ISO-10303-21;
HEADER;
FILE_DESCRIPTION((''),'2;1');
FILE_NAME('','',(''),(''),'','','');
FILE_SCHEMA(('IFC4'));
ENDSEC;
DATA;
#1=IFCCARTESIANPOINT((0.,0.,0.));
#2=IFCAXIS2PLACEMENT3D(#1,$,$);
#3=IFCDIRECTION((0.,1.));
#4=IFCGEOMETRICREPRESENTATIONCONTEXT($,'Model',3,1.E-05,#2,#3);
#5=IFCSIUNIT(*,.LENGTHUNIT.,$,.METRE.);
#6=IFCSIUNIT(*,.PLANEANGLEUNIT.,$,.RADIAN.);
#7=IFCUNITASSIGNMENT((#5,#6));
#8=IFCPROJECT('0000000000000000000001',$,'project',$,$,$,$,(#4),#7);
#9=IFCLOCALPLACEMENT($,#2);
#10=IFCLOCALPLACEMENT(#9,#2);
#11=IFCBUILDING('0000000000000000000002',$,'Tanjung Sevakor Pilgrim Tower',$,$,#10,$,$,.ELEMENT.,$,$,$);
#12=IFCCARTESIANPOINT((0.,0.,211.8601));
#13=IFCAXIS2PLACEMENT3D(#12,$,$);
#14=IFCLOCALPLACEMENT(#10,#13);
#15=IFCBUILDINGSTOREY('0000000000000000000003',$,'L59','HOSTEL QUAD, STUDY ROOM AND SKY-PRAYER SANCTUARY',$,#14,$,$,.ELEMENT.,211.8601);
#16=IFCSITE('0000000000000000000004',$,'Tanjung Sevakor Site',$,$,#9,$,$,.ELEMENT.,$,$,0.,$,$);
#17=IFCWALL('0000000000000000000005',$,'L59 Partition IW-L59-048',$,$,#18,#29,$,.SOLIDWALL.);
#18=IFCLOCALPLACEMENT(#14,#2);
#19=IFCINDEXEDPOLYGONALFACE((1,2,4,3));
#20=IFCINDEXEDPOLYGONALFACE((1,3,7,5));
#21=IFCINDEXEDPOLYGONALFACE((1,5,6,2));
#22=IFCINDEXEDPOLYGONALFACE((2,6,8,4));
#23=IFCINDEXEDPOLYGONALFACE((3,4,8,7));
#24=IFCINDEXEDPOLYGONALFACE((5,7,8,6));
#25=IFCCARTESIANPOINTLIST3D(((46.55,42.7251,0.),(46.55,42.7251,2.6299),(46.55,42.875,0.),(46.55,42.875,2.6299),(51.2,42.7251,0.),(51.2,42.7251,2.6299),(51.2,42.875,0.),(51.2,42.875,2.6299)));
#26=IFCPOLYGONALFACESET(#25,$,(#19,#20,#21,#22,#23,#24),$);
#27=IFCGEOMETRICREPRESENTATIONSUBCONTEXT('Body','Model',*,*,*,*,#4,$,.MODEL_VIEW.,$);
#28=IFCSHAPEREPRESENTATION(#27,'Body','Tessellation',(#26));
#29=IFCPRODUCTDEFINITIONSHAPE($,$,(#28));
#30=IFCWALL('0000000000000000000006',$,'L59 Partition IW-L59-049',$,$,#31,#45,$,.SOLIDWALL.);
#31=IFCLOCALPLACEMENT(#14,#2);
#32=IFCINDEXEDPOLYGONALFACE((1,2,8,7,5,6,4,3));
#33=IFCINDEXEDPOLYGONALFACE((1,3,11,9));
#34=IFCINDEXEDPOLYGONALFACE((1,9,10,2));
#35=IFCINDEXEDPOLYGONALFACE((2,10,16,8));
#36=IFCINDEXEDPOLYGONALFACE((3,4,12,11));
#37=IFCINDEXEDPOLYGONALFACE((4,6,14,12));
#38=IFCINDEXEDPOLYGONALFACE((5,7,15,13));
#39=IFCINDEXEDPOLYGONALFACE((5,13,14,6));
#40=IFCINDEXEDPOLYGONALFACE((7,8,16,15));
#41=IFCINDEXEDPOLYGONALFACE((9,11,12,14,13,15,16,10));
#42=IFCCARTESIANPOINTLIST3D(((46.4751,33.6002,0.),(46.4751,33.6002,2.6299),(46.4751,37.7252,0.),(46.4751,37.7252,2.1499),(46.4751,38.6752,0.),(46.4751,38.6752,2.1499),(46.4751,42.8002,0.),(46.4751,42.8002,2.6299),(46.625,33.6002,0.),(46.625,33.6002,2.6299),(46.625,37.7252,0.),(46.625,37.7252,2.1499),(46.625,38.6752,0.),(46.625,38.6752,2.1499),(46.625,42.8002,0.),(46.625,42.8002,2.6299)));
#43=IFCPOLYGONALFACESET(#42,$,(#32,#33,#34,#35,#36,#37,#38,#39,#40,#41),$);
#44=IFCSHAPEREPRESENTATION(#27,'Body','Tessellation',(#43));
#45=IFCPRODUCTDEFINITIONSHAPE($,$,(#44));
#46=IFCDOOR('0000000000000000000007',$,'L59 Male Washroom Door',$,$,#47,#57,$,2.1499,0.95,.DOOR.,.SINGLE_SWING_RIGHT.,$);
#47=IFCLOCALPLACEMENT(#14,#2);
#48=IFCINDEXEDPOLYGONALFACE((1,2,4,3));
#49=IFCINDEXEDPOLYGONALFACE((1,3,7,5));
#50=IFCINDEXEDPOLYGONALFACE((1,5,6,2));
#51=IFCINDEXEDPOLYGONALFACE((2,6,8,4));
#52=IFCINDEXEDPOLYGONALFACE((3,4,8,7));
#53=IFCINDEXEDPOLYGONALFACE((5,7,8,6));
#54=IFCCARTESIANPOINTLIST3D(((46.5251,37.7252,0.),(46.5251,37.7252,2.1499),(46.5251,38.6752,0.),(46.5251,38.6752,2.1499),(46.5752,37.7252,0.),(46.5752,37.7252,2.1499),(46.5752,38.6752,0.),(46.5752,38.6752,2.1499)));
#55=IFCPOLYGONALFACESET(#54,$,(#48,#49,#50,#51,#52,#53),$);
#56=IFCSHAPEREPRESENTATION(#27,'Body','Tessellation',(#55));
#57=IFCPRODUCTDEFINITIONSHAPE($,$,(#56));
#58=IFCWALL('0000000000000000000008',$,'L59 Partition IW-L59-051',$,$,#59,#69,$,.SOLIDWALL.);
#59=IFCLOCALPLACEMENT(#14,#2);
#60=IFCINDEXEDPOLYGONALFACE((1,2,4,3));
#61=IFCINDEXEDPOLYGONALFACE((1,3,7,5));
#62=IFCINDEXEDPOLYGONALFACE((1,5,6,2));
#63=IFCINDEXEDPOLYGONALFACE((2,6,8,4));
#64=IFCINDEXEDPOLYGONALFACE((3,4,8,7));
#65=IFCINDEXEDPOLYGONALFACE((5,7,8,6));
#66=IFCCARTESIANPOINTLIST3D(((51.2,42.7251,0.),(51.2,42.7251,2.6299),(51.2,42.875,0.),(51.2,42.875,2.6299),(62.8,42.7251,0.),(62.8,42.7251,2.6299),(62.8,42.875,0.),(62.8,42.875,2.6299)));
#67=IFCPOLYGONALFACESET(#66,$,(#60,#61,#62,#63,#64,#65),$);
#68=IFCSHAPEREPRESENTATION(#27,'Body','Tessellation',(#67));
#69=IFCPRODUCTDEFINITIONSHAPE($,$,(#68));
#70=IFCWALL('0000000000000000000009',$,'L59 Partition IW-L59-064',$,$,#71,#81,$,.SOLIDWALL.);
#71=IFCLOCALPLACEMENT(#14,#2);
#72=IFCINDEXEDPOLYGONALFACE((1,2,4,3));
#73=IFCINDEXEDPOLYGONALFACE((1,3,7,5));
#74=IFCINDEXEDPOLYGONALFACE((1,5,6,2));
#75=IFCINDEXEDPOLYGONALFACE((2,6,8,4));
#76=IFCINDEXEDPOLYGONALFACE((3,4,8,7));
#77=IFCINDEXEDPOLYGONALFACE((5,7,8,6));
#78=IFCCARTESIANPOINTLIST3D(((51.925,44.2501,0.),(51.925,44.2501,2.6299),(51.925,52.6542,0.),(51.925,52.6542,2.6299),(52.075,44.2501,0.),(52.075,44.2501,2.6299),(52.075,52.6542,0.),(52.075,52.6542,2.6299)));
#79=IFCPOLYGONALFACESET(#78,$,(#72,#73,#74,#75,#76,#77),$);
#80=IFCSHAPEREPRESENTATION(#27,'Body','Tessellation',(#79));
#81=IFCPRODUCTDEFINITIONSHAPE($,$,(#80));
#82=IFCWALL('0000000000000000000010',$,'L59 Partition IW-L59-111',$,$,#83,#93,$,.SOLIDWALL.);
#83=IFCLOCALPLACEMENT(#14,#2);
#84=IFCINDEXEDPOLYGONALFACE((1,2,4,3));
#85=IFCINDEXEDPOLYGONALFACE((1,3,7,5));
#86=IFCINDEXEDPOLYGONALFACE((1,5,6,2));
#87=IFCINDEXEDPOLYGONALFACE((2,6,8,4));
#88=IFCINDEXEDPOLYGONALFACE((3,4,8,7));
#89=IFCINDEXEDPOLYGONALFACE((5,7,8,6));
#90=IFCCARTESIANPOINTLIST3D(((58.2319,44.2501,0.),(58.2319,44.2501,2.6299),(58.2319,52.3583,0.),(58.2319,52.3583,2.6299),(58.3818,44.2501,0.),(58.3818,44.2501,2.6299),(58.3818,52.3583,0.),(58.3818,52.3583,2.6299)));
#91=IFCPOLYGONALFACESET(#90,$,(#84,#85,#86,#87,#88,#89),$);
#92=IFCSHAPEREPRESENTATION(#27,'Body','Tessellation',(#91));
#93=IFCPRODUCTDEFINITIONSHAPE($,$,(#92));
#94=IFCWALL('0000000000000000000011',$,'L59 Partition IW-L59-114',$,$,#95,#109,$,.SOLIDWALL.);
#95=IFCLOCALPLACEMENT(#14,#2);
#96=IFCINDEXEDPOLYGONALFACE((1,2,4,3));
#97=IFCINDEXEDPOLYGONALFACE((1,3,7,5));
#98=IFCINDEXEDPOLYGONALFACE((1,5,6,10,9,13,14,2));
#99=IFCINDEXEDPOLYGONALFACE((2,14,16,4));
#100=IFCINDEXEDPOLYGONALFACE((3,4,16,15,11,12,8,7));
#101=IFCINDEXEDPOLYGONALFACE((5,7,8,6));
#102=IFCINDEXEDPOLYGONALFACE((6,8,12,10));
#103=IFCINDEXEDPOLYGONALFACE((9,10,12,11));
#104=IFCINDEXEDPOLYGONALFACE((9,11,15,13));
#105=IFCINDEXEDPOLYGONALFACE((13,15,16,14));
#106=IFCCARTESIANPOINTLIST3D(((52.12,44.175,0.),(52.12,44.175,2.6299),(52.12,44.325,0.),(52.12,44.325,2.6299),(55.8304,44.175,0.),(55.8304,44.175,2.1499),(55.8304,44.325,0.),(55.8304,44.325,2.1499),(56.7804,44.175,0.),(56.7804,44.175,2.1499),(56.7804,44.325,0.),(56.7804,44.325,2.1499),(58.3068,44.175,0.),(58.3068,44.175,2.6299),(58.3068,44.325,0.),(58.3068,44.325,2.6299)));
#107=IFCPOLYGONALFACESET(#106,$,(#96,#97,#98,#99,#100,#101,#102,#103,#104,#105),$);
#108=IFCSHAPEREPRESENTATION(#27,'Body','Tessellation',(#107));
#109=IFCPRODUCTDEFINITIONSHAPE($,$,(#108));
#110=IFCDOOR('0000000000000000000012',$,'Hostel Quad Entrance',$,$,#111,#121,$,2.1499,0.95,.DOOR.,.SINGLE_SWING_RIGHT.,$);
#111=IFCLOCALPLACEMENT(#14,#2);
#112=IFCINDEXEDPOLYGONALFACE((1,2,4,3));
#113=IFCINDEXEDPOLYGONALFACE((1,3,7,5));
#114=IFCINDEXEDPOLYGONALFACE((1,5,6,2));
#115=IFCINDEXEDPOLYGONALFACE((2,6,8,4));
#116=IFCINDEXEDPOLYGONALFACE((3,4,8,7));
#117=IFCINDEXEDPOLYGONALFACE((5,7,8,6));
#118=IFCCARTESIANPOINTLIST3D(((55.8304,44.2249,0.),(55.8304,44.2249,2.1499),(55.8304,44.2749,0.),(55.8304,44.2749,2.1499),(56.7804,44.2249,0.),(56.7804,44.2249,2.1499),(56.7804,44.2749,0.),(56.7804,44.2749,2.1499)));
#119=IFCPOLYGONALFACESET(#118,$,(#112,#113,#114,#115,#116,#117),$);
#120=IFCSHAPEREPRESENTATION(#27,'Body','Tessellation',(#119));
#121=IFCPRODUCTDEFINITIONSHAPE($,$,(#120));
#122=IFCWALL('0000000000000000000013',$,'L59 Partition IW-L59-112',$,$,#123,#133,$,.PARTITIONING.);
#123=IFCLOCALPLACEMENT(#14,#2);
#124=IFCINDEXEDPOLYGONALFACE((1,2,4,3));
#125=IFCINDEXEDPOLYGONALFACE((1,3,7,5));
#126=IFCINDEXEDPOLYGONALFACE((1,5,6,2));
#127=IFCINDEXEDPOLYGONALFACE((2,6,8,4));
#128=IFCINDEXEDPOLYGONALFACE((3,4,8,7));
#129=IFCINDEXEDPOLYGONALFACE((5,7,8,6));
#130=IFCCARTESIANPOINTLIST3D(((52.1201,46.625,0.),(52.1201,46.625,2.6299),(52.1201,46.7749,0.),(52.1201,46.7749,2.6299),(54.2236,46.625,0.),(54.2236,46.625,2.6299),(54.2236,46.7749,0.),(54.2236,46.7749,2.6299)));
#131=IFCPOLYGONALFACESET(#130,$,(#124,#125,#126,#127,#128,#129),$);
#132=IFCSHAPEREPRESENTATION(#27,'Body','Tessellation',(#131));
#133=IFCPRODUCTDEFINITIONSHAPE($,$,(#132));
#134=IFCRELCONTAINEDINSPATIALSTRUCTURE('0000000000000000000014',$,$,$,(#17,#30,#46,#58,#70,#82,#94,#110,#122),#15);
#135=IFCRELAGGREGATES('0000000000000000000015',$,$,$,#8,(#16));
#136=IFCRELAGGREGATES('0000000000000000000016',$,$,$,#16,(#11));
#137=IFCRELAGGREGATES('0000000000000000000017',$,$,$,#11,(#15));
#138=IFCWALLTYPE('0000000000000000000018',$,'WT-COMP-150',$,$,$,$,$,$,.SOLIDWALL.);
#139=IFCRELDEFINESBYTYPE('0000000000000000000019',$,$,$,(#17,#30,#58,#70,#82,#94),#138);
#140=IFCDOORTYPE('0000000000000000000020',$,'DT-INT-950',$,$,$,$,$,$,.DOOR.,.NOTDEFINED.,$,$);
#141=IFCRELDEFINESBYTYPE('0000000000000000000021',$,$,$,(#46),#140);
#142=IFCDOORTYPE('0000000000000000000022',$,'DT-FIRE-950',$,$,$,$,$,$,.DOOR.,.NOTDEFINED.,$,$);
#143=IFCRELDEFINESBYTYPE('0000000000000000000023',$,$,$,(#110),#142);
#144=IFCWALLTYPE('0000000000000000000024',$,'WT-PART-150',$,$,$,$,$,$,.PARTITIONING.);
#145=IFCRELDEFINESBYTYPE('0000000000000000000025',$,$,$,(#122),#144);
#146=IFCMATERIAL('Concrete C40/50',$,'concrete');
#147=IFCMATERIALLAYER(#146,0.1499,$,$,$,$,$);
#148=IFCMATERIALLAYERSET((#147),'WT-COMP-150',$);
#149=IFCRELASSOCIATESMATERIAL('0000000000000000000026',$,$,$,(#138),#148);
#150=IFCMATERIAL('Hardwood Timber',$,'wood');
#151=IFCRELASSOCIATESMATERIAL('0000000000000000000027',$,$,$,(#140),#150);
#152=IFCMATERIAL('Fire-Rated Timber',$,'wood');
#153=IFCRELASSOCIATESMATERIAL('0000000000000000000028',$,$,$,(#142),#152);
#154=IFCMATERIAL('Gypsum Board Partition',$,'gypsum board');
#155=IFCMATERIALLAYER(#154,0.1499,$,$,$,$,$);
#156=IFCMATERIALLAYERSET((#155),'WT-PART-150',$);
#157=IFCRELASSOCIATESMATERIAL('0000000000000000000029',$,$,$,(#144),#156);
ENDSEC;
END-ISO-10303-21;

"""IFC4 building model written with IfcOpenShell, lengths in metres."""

from ifc_helpers import new_model, si_unit, direction, frame, frame_2d, origin, place, context, subcontext, project, spatial, rectangle, extrude, material, layer, layer_set, type_object, element, fill, save


model = new_model("IFC4")

# Units and contexts
model_context = context("Model", 3, precision=1e-05, world=origin(), true_north=direction((0.0, 1.0)))
body_context = subcontext(model_context, "Body", "Model", "MODEL_VIEW")
ifc_project = project(units=[si_unit("LENGTHUNIT", "METRE"), si_unit("PLANEANGLEUNIT", "RADIAN")], contexts=[model_context])

# Site, building, storey
site_placement = place(None, origin())
site = spatial("IfcSite", under=ifc_project, at=site_placement, Name="Tanjung Sevakor Site", CompositionType="ELEMENT", RefElevation=0.0)
building_placement = place(site_placement, origin())
building = spatial("IfcBuilding", under=site, at=building_placement, Name="Tanjung Sevakor Pilgrim Tower", CompositionType="ELEMENT")
storey_placement = place(building_placement, frame((0.0, 0.0, 211.8601)))
storey = spatial("IfcBuildingStorey", under=building, at=storey_placement, Name="L59", Description="HOSTEL QUAD, STUDY ROOM AND SKY-PRAYER SANCTUARY", CompositionType="ELEMENT", Elevation=211.8601)

# Wall
ifc_material_1 = material(Name="Concrete C40/50", Category="concrete")
ifc_layer_1 = layer(ifc_material_1, 0.1499)
ifc_layer_set_1 = layer_set([ifc_layer_1], Name="WT-COMP-150")
wall_type_1 = type_object("IfcWallType", Name="WT-COMP-150", PredefinedType="SOLIDWALL", material=ifc_layer_set_1)
for number, where, z_axis, x_axis, name in (
    (1, (46.55, 42.8, 0.0), (0.0, 0.0, 1.0), (1.0, 0.0, 0.0), "L59 Partition IW-L59-048"),
):
    element("IfcWall", number, at=place(storey_placement, frame(where, z_axis=z_axis, x_axis=x_axis)), inside=storey, type_object=wall_type_1, Name=name, PredefinedType="SOLIDWALL", context=body_context, shape_type="SweptSolid", body=[
        extrude(rectangle(XDim=4.6499, YDim=0.1499, at=frame_2d((2.325, 0.0))), origin(), (0.0, 0.0, 1.0), 2.6299),
    ])

# Wall, opening, door
wall_1_placement = place(storey_placement, frame((46.55, 33.6001, 0.0), z_axis=(0.0, 0.0, 1.0), x_axis=(0.0, 1.0, 0.0)))
wall_1 = element("IfcWall", 2, at=wall_1_placement, inside=storey, type_object=wall_type_1, Name="L59 Partition IW-L59-049", PredefinedType="SOLIDWALL", context=body_context, shape_type="SweptSolid", body=[
    extrude(rectangle(XDim=9.2, YDim=0.1499, at=frame_2d((4.6001, 0.0))), origin(), (0.0, 0.0, 1.0), 2.6299),
])
opening_1_placement = place(wall_1_placement, frame((4.125, 0.0, 0.0)))
opening_1 = element("IfcOpeningElement", 3, at=opening_1_placement, cuts=wall_1, PredefinedType="OPENING", context=body_context, shape_type="SweptSolid", body=[
    extrude(rectangle(XDim=0.95, YDim=2.1499, at=frame_2d((0.4751, 1.075))), frame((0.0, 0.085, 0.0), z_axis=(0.0, -1.0, 0.0), x_axis=(1.0, 0.0, 0.0)), (0.0, 0.0, 1.0), 0.1699),
])
ifc_material_2 = material(Name="Hardwood Timber", Category="wood")
door_type_1 = type_object("IfcDoorType", Name="DT-INT-950", OperationType="NOTDEFINED", PredefinedType="DOOR", material=ifc_material_2)
door_1_placement = place(opening_1_placement, origin())
door_1 = element("IfcDoor", 4, at=door_1_placement, inside=storey, type_object=door_type_1, Name="L59 Male Washroom Door", OperationType="SINGLE_SWING_RIGHT", OverallHeight=2.1499, OverallWidth=0.95, PredefinedType="DOOR", context=body_context, shape_type="SweptSolid", body=[
    extrude(rectangle(XDim=0.95, YDim=2.1499, at=frame_2d((0.4751, 1.075))), frame((0.0, 0.0249, 0.0), z_axis=(0.0, -1.0, 0.0), x_axis=(1.0, 0.0, 0.0)), (0.0, 0.0, 1.0), 0.05),
])
fill(opening_1, door_1)

# Walls
wall_2_placement = place(storey_placement, frame((51.2, 42.8, 0.0), z_axis=(0.0, 0.0, 1.0), x_axis=(1.0, 0.0, 0.0)))
element("IfcWall", 5, at=wall_2_placement, inside=storey, type_object=wall_type_1, Name="L59 Partition IW-L59-051", PredefinedType="SOLIDWALL", context=body_context, shape_type="SweptSolid", body=[
    extrude(rectangle(XDim=11.6001, YDim=0.1499, at=frame_2d((5.8, 0.0))), origin(), (0.0, 0.0, 1.0), 2.6299),
])
wall_3_placement = place(storey_placement, frame((52.0, 44.25, 0.0), z_axis=(0.0, 0.0, 1.0), x_axis=(0.0, 1.0, 0.0)))
element("IfcWall", 6, at=wall_3_placement, inside=storey, type_object=wall_type_1, Name="L59 Partition IW-L59-064", PredefinedType="SOLIDWALL", context=body_context, shape_type="SweptSolid", body=[
    extrude(rectangle(XDim=8.4041, YDim=0.1499, at=frame_2d((4.2021, 0.0))), origin(), (0.0, 0.0, 1.0), 2.6299),
])
wall_4_placement = place(storey_placement, frame((58.3069, 44.25, 0.0), z_axis=(0.0, 0.0, 1.0), x_axis=(0.0, 1.0, 0.0)))
element("IfcWall", 7, at=wall_4_placement, inside=storey, type_object=wall_type_1, Name="L59 Partition IW-L59-111", PredefinedType="SOLIDWALL", context=body_context, shape_type="SweptSolid", body=[
    extrude(rectangle(XDim=8.1082, YDim=0.1499, at=frame_2d((4.0542, 0.0))), origin(), (0.0, 0.0, 1.0), 2.6299),
])

# Wall, opening, door
wall_5_placement = place(storey_placement, frame((52.1201, 44.25, 0.0), z_axis=(0.0, 0.0, 1.0), x_axis=(1.0, 0.0, 0.0)))
wall_5 = element("IfcWall", 8, at=wall_5_placement, inside=storey, type_object=wall_type_1, Name="L59 Partition IW-L59-114", PredefinedType="SOLIDWALL", context=body_context, shape_type="SweptSolid", body=[
    extrude(rectangle(XDim=6.1868, YDim=0.1499, at=frame_2d((3.0933, 0.0))), origin(), (0.0, 0.0, 1.0), 2.6299),
])
opening_2_placement = place(wall_5_placement, frame((3.7102, 0.0, 0.0)))
opening_2 = element("IfcOpeningElement", 9, at=opening_2_placement, cuts=wall_5, PredefinedType="OPENING", context=body_context, shape_type="SweptSolid", body=[
    extrude(rectangle(XDim=0.95, YDim=2.1499, at=frame_2d((0.4751, 1.075))), frame((0.0, 0.085, 0.0), z_axis=(0.0, -1.0, 0.0), x_axis=(1.0, 0.0, 0.0)), (0.0, 0.0, 1.0), 0.1699),
])
ifc_material_3 = material(Name="Fire-Rated Timber", Category="wood")
door_type_2 = type_object("IfcDoorType", Name="DT-FIRE-950", OperationType="NOTDEFINED", PredefinedType="DOOR", material=ifc_material_3)
door_2_placement = place(opening_2_placement, origin())
door_2 = element("IfcDoor", 10, at=door_2_placement, inside=storey, type_object=door_type_2, Name="Hostel Quad Entrance", OperationType="SINGLE_SWING_RIGHT", OverallHeight=2.1499, OverallWidth=0.95, PredefinedType="DOOR", context=body_context, shape_type="SweptSolid", body=[
    extrude(rectangle(XDim=0.95, YDim=2.1499, at=frame_2d((0.4751, 1.075))), frame((0.0, 0.0249, 0.0), z_axis=(0.0, -1.0, 0.0), x_axis=(1.0, 0.0, 0.0)), (0.0, 0.0, 1.0), 0.05),
])
fill(opening_2, door_2)

# Wall
ifc_material_4 = material(Name="Gypsum Board Partition", Category="gypsum board")
ifc_layer_2 = layer(ifc_material_4, 0.1499)
ifc_layer_set_2 = layer_set([ifc_layer_2], Name="WT-PART-150")
wall_type_2 = type_object("IfcWallType", Name="WT-PART-150", PredefinedType="PARTITIONING", material=ifc_layer_set_2)
wall_6_placement = place(storey_placement, frame((52.1201, 46.7, 0.0), z_axis=(0.0, 0.0, 1.0), x_axis=(1.0, 0.0, 0.0)))
element("IfcWall", 11, at=wall_6_placement, inside=storey, type_object=wall_type_2, Name="L59 Partition IW-L59-112", PredefinedType="PARTITIONING", context=body_context, shape_type="SweptSolid", body=[
    extrude(rectangle(XDim=2.1035, YDim=0.1499, at=frame_2d((1.0518, 0.0))), origin(), (0.0, 0.0, 1.0), 2.6299),
])

save(model, "model.ifc")
